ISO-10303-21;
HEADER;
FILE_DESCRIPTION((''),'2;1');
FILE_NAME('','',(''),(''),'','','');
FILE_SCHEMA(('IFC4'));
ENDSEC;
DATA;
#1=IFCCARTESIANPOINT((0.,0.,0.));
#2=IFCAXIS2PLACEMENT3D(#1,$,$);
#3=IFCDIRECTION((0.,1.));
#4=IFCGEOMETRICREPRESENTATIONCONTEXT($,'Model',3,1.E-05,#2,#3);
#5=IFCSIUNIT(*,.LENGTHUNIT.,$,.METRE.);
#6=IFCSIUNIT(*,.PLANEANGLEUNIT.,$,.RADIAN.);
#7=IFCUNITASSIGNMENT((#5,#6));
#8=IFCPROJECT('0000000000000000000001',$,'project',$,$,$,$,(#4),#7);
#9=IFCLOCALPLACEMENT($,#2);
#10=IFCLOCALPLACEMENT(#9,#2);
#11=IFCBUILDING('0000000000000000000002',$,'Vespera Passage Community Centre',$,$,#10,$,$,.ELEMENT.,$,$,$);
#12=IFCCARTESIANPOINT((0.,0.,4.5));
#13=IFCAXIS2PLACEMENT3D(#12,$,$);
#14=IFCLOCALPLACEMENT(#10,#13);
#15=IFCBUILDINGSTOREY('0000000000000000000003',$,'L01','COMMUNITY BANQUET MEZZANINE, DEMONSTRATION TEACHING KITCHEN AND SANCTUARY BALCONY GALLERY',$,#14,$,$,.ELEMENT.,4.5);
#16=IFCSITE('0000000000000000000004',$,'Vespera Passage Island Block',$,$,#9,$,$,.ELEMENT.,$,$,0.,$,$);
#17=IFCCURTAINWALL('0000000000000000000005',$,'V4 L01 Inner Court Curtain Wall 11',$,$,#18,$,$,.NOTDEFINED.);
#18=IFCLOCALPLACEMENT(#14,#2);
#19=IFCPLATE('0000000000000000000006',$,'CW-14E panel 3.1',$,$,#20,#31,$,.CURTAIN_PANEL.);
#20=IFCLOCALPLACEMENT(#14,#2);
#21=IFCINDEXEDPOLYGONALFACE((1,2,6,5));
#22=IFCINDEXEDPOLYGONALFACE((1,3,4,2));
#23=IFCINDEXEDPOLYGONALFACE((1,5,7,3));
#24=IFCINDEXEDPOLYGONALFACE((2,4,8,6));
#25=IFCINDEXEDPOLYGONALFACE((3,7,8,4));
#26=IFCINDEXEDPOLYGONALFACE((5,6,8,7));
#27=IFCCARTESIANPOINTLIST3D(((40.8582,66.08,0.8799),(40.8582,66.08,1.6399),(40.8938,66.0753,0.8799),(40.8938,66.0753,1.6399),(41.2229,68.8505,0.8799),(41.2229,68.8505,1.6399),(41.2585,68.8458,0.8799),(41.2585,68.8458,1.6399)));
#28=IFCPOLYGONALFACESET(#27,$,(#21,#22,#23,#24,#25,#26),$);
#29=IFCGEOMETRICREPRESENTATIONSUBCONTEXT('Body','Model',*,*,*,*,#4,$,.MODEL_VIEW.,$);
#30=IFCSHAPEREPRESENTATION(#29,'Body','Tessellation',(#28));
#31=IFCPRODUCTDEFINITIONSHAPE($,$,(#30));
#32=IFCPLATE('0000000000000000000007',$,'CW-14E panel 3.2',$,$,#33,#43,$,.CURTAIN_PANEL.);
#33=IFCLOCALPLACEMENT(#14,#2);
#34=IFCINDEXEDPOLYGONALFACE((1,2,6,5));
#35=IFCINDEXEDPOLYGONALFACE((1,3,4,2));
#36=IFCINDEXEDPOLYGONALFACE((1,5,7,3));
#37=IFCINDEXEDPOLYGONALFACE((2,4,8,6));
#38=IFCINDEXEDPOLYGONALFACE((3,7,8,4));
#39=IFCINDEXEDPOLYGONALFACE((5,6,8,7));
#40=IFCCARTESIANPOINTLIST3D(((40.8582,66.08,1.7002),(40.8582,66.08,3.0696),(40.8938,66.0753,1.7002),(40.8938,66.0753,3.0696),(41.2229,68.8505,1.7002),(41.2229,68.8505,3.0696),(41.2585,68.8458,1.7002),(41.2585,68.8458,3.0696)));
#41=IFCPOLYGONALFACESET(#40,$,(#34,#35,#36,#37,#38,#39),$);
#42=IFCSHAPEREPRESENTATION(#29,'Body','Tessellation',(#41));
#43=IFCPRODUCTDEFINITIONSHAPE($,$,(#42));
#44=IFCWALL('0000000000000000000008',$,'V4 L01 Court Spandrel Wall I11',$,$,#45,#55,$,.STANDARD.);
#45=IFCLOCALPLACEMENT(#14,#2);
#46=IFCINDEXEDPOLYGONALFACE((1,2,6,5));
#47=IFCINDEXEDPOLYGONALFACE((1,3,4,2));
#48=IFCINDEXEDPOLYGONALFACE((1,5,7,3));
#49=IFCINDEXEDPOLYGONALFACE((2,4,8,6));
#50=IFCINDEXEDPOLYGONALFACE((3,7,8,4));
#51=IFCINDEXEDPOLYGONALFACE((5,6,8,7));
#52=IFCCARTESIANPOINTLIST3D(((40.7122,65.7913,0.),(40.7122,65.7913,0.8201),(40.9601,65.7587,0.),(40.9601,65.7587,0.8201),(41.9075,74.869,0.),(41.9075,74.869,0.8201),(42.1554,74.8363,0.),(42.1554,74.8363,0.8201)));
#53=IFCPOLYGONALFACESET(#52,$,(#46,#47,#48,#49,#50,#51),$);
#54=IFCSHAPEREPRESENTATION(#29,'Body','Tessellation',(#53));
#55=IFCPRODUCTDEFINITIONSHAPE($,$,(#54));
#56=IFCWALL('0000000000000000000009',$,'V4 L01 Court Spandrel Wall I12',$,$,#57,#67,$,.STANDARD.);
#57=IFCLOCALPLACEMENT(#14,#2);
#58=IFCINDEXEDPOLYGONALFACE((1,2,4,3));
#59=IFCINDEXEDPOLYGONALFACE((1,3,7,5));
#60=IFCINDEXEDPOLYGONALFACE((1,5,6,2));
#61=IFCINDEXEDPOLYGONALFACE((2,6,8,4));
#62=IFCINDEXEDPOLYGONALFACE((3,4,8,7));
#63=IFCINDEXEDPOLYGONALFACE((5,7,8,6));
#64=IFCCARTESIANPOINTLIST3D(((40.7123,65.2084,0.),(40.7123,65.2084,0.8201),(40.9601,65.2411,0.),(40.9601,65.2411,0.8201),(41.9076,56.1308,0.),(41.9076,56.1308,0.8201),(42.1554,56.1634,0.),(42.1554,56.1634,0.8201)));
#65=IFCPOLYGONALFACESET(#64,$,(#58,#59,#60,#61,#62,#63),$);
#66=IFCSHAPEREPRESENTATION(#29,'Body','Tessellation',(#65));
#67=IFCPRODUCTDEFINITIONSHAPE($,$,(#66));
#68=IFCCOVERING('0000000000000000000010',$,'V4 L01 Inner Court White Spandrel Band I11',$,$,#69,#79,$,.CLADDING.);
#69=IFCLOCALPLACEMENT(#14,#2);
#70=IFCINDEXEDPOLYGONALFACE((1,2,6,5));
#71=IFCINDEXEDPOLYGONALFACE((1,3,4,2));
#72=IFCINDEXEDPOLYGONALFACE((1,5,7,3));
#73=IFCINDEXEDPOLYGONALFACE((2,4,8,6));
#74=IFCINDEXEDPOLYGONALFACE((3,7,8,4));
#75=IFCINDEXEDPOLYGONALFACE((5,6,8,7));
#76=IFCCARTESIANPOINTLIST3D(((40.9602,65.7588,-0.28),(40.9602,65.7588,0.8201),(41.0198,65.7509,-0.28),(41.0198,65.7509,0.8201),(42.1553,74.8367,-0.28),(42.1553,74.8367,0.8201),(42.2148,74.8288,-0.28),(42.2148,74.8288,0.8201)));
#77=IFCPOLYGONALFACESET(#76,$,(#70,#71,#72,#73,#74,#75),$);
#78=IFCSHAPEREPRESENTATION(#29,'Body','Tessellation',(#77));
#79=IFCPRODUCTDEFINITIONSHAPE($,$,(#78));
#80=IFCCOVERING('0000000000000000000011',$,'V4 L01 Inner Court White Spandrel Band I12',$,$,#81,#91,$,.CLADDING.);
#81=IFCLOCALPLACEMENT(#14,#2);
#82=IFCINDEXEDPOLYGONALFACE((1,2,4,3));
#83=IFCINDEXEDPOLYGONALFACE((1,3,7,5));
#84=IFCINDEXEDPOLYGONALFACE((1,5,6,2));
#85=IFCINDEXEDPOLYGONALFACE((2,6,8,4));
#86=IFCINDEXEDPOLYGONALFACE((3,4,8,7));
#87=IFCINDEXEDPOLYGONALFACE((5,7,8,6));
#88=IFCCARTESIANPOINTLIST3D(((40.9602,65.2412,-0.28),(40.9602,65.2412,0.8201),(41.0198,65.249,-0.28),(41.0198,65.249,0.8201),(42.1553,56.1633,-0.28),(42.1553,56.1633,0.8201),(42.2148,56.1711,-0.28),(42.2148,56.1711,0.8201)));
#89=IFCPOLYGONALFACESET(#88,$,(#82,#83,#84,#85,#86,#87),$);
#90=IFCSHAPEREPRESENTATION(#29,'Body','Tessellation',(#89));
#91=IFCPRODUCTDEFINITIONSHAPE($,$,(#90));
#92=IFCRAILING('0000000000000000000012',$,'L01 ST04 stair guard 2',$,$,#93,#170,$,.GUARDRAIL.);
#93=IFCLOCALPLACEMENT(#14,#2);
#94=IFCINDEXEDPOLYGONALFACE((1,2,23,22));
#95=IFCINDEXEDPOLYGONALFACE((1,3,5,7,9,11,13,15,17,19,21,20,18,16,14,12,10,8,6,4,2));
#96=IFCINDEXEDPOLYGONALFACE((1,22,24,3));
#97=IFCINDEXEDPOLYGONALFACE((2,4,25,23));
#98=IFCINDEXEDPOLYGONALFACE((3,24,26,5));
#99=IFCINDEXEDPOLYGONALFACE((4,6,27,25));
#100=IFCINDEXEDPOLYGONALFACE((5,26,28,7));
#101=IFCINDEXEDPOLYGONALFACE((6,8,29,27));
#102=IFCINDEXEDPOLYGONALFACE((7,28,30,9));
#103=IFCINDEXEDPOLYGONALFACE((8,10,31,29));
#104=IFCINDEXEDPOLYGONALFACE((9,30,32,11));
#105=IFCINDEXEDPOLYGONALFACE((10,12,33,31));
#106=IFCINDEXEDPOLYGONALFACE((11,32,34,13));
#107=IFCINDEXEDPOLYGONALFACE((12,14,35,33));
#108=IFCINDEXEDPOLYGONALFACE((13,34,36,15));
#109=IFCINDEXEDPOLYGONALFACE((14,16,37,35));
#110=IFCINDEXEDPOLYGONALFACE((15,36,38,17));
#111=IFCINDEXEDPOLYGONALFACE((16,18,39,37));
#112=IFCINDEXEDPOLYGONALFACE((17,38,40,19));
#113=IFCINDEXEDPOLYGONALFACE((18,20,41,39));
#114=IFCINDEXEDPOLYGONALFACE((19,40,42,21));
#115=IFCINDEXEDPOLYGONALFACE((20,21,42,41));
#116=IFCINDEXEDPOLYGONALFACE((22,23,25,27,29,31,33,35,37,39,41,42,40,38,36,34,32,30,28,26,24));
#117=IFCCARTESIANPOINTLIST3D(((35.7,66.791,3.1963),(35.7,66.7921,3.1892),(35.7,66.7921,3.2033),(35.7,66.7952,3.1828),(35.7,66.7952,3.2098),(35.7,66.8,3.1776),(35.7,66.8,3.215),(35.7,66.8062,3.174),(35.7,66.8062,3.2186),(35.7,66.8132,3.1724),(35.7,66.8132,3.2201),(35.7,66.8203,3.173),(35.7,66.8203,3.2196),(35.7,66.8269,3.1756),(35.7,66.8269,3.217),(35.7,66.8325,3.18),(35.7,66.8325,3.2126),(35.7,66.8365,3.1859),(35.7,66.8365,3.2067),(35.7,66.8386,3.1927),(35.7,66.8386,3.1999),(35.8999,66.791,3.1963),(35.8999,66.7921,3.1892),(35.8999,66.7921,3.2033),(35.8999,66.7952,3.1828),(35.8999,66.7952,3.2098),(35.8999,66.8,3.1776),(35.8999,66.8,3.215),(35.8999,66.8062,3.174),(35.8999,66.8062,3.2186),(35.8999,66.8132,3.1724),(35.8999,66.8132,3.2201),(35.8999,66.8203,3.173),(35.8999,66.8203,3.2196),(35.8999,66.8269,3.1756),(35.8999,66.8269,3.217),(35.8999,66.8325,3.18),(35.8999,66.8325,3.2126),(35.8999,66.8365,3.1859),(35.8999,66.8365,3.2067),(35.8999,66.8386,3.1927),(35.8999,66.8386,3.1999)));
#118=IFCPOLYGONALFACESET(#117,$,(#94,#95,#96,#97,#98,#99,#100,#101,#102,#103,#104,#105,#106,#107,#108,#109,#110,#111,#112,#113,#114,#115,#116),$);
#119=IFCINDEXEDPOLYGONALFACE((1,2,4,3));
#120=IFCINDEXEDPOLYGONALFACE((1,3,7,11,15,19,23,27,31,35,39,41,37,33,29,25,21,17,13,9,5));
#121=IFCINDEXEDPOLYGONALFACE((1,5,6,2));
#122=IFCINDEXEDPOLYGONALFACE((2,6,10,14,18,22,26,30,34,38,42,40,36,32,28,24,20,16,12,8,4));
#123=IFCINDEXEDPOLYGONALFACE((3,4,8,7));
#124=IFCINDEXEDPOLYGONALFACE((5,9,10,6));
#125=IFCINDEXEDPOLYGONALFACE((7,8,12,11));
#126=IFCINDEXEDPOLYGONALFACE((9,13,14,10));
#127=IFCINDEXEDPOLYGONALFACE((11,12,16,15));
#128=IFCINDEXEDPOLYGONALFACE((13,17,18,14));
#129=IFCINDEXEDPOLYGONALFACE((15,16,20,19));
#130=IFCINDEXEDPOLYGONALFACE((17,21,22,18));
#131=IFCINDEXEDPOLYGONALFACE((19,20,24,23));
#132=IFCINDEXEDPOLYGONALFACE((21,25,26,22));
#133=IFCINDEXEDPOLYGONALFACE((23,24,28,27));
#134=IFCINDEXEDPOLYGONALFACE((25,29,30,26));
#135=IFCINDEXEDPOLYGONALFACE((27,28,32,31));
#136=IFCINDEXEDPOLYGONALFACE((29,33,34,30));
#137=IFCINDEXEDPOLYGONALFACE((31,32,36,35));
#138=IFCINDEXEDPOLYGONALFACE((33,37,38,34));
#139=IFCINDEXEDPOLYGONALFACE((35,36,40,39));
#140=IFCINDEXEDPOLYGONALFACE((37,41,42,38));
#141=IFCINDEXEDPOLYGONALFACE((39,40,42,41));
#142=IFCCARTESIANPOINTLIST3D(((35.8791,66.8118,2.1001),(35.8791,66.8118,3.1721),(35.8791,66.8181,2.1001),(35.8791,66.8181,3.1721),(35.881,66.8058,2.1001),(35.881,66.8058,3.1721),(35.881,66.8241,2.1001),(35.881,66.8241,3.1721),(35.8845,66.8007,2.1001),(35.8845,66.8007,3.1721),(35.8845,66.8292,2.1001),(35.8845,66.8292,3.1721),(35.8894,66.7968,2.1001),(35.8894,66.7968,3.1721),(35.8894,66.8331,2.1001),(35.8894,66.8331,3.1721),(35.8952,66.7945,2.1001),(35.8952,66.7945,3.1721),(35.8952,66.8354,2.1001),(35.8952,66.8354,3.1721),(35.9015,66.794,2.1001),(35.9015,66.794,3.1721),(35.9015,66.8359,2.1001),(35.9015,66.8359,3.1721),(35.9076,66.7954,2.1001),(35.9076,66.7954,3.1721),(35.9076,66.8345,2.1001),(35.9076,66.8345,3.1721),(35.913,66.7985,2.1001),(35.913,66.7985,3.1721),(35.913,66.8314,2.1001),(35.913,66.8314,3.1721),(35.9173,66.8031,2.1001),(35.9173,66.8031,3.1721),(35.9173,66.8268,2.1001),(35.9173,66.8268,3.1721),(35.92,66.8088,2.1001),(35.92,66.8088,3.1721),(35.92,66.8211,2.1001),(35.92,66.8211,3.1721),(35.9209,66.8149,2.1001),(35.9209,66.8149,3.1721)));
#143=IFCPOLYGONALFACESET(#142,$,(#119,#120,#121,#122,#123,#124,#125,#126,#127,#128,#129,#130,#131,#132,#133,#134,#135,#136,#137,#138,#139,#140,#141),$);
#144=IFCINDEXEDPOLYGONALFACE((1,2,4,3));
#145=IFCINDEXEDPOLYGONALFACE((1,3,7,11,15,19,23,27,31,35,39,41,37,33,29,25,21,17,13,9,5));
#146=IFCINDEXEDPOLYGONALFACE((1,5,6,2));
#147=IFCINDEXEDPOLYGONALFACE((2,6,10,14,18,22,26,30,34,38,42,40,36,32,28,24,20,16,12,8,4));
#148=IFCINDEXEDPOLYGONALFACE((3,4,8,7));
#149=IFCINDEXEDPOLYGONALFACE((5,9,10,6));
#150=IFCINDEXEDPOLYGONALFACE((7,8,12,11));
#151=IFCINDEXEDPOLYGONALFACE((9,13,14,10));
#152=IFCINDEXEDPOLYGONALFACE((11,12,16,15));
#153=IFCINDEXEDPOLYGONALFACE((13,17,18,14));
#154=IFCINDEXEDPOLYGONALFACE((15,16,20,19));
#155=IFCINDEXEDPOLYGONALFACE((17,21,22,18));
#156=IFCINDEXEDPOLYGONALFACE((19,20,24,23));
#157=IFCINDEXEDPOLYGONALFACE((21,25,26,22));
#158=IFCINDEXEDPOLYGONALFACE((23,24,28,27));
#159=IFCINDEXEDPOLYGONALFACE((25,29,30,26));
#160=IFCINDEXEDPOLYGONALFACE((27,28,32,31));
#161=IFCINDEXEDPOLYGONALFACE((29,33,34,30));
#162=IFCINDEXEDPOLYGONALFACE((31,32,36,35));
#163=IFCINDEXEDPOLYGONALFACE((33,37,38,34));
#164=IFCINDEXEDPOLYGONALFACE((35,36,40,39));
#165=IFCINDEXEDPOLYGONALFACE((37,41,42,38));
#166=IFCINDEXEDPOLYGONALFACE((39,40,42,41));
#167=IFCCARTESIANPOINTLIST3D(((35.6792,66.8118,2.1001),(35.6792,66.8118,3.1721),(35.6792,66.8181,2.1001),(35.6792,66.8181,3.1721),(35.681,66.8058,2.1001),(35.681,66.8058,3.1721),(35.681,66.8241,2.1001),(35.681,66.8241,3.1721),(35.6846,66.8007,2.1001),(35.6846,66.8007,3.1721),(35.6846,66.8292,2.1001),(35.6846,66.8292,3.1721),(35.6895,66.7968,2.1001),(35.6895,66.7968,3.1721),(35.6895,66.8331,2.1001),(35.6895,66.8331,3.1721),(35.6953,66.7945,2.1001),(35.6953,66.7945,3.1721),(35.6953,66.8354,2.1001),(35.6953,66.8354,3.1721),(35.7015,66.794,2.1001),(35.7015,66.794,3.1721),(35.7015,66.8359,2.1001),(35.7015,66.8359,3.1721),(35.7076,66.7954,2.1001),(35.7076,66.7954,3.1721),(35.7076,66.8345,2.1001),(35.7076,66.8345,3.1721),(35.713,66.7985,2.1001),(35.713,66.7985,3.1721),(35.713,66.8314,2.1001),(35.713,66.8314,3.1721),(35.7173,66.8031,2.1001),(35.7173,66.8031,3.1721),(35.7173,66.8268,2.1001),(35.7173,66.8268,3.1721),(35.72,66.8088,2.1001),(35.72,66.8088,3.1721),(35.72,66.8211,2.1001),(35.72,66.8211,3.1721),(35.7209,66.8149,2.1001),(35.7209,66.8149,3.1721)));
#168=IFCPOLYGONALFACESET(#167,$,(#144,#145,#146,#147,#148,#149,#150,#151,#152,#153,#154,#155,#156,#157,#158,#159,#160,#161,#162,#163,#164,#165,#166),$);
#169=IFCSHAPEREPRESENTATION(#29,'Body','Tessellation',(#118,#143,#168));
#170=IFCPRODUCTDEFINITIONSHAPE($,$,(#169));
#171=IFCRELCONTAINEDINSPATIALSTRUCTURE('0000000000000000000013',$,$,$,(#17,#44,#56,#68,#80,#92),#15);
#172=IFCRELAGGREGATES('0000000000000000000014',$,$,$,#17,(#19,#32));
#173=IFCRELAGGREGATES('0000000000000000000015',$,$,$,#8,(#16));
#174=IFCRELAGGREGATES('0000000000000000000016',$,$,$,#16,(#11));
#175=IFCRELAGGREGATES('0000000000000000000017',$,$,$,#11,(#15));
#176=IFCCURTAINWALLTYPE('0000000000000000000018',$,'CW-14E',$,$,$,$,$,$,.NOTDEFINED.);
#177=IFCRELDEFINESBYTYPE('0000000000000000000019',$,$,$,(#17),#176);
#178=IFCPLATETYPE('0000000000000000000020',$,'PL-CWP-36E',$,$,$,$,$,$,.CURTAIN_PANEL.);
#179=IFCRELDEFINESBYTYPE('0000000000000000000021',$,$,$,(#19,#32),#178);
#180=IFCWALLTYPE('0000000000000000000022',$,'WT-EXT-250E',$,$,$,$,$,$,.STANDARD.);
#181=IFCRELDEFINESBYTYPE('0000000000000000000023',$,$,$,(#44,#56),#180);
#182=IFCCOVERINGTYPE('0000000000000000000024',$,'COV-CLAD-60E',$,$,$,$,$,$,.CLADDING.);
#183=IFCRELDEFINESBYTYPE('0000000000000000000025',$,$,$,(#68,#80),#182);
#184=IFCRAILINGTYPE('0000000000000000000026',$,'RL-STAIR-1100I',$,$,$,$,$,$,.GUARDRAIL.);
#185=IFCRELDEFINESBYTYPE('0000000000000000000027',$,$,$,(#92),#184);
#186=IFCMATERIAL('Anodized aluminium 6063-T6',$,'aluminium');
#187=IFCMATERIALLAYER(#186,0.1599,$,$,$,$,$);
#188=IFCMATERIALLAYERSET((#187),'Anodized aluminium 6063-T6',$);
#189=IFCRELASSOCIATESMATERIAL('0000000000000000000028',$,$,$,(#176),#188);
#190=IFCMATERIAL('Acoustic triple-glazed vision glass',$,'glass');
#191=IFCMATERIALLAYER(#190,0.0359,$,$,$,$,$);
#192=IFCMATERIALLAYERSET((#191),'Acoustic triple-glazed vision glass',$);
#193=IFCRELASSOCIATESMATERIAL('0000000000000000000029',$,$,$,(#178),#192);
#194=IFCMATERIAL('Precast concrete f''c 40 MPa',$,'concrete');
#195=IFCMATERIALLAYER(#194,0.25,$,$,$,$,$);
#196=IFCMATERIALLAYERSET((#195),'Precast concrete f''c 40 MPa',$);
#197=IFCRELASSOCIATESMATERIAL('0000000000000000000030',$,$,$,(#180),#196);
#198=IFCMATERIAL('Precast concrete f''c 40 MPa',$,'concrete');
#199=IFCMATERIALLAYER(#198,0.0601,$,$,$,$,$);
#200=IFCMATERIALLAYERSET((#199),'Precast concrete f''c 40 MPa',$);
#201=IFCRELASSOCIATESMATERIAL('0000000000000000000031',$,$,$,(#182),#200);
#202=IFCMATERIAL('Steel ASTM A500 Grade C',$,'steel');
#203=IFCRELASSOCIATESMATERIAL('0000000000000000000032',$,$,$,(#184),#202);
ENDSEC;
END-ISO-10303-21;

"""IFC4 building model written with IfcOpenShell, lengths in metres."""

from ifc_helpers import new_model, si_unit, direction, frame, frame_2d, origin, origin_2d, place, context, subcontext, project, spatial, rectangle, circle, extrude, material, layer, layer_set, type_object, element, aggregate, save


model = new_model("IFC4")

# Units and contexts
model_context = context("Model", 3, precision=1e-05, world=origin(), true_north=direction((0.0, 1.0)))
body_context = subcontext(model_context, "Body", "Model", "MODEL_VIEW")
ifc_project = project(units=[si_unit("LENGTHUNIT", "METRE"), si_unit("PLANEANGLEUNIT", "RADIAN")], contexts=[model_context])

# Site, building, storey
site_placement = place(None, origin())
site = spatial("IfcSite", under=ifc_project, at=site_placement, Name="Vespera Passage Island Block", CompositionType="ELEMENT", RefElevation=0.0)
building_placement = place(site_placement, origin())
building = spatial("IfcBuilding", under=site, at=building_placement, Name="Vespera Passage Community Centre", CompositionType="ELEMENT")
storey_placement = place(building_placement, frame((0.0, 0.0, 4.5)))
storey = spatial("IfcBuildingStorey", under=building, at=storey_placement, Name="L01", Description="COMMUNITY BANQUET MEZZANINE, DEMONSTRATION TEACHING KITCHEN AND SANCTUARY BALCONY GALLERY", CompositionType="ELEMENT", Elevation=4.5)

# Curtain wall
ifc_material_1 = material(Name="Anodized aluminium 6063-T6", Category="aluminium")
ifc_layer_1 = layer(ifc_material_1, 0.1599)
ifc_layer_set_1 = layer_set([ifc_layer_1], Name="Anodized aluminium 6063-T6")
curtain_wall_type_1 = type_object("IfcCurtainWallType", Name="CW-14E", PredefinedType="NOTDEFINED", material=ifc_layer_set_1)
curtain_wall_1_placement = place(storey_placement, origin())
curtain_wall_1 = element("IfcCurtainWall", 1, at=curtain_wall_1_placement, inside=storey, type_object=curtain_wall_type_1, Name="V4 L01 Inner Court Curtain Wall 11", PredefinedType="NOTDEFINED")

# Plates
ifc_material_2 = material(Name="Acoustic triple-glazed vision glass", Category="glass")
ifc_layer_2 = layer(ifc_material_2, 0.0359)
ifc_layer_set_2 = layer_set([ifc_layer_2], Name="Acoustic triple-glazed vision glass")
plate_type = type_object("IfcPlateType", Name="PL-CWP-36E", PredefinedType="CURTAIN_PANEL", material=ifc_layer_set_2)
plate_1_placement = place(storey_placement, frame((41.0583, 67.4629, 0.8799), z_axis=(0.0, 0.0, 1.0), x_axis=(-0.130522, -0.991445, 0.0)))
plate_1 = element("IfcPlate", 2, at=plate_1_placement, type_object=plate_type, Name="CW-14E panel 3.1", PredefinedType="CURTAIN_PANEL", context=body_context, shape_type="SweptSolid", body=[
    extrude(rectangle(XDim=2.7944, YDim=0.0359, at=origin_2d()), origin(), (0.0, 0.0, 1.0), 0.76),
])
plate_2_placement = place(storey_placement, frame((41.0583, 67.4629, 1.7002), z_axis=(0.0, 0.0, 1.0), x_axis=(-0.130522, -0.991445, 0.0)))
plate_2 = element("IfcPlate", 3, at=plate_2_placement, type_object=plate_type, Name="CW-14E panel 3.2", PredefinedType="CURTAIN_PANEL", context=body_context, shape_type="SweptSolid", body=[
    extrude(rectangle(XDim=2.7944, YDim=0.0359, at=origin_2d()), origin(), (0.0, 0.0, 1.0), 1.3694),
])
aggregate(curtain_wall_1, [plate_1, plate_2])

# Walls
ifc_material_3 = material(Name="Precast concrete f'c 40 MPa", Category="concrete")
ifc_layer_3 = layer(ifc_material_3, 0.25)
ifc_layer_set_3 = layer_set([ifc_layer_3], Name="Precast concrete f'c 40 MPa")
wall_type_1 = type_object("IfcWallType", Name="WT-EXT-250E", PredefinedType="STANDARD", material=ifc_layer_set_3)
for number, where, z_axis, x_axis, name in (
    (4, (42.0315, 74.8528, 0.0), (0.0, 0.0, 1.0), (-0.13055, -0.991442, 0.0), "V4 L01 Court Spandrel Wall I11"),
    (5, (40.8362, 65.2249, 0.0), (0.0, 0.0, 1.0), (0.13055, -0.991442, 0.0), "V4 L01 Court Spandrel Wall I12"),
):
    element("IfcWall", number, at=place(storey_placement, frame(where, z_axis=z_axis, x_axis=x_axis)), inside=storey, type_object=wall_type_1, Name=name, PredefinedType="STANDARD", context=body_context, shape_type="SweptSolid", body=[
        extrude(rectangle(XDim=9.156, YDim=0.25, at=frame_2d((4.5781, 0.0))), origin(), (0.0, 0.0, 1.0), 0.8201),
    ])

# Coverings
ifc_material_4 = material(Name="Precast concrete f'c 40 MPa", Category="concrete")
ifc_layer_4 = layer(ifc_material_4, 0.0601)
ifc_layer_set_4 = layer_set([ifc_layer_4], Name="Precast concrete f'c 40 MPa")
covering_type = type_object("IfcCoveringType", Name="COV-CLAD-60E", PredefinedType="CLADDING", material=ifc_layer_set_4)
for number, where, z_axis, x_axis, name in (
    (6, (42.1851, 74.8328, -0.28), (0.0, 0.0, 1.0), (-0.13052, -0.991446, 0.0), "V4 L01 Inner Court White Spandrel Band I11"),
    (7, (40.99, 65.2451, -0.28), (0.0, 0.0, 1.0), (0.13052, -0.991446, 0.0), "V4 L01 Inner Court White Spandrel Band I12"),
):
    element("IfcCovering", number, at=place(storey_placement, frame(where, z_axis=z_axis, x_axis=x_axis)), inside=storey, type_object=covering_type, Name=name, PredefinedType="CLADDING", context=body_context, shape_type="SweptSolid", body=[
        extrude(rectangle(XDim=9.1562, YDim=0.0601, at=frame_2d((4.5781, 0.0))), origin(), (0.0, 0.0, 1.0), 1.1001),
    ])

# Railing
ifc_material_5 = material(Name="Steel ASTM A500 Grade C", Category="steel")
railing_type = type_object("IfcRailingType", Name="RL-STAIR-1100I", PredefinedType="GUARDRAIL", material=ifc_material_5)
railing_placement = place(storey_placement, frame((35.8999, 66.8149, 2.1001)))
element("IfcRailing", 8, at=railing_placement, inside=storey, type_object=railing_type, Name="L01 ST04 stair guard 2", PredefinedType="GUARDRAIL", context=body_context, shape_type="SweptSolid", body=[
    extrude(circle(Radius=0.0239, at=origin_2d()), frame((0.0, 0.0, 1.0962), z_axis=(-1.0, 0.0, 0.0), x_axis=(0.0, -1.0, 0.0)), (0.0, 0.0, 1.0), 0.2),
    extrude(circle(Radius=0.021, at=origin_2d()), origin(), (0.0, 0.0, 1.0), 1.072),
    extrude(circle(Radius=0.021, at=origin_2d()), frame((-0.2, 0.0, 0.0)), (0.0, 0.0, 1.0), 1.072),
])

save(model, "model.ifc")
